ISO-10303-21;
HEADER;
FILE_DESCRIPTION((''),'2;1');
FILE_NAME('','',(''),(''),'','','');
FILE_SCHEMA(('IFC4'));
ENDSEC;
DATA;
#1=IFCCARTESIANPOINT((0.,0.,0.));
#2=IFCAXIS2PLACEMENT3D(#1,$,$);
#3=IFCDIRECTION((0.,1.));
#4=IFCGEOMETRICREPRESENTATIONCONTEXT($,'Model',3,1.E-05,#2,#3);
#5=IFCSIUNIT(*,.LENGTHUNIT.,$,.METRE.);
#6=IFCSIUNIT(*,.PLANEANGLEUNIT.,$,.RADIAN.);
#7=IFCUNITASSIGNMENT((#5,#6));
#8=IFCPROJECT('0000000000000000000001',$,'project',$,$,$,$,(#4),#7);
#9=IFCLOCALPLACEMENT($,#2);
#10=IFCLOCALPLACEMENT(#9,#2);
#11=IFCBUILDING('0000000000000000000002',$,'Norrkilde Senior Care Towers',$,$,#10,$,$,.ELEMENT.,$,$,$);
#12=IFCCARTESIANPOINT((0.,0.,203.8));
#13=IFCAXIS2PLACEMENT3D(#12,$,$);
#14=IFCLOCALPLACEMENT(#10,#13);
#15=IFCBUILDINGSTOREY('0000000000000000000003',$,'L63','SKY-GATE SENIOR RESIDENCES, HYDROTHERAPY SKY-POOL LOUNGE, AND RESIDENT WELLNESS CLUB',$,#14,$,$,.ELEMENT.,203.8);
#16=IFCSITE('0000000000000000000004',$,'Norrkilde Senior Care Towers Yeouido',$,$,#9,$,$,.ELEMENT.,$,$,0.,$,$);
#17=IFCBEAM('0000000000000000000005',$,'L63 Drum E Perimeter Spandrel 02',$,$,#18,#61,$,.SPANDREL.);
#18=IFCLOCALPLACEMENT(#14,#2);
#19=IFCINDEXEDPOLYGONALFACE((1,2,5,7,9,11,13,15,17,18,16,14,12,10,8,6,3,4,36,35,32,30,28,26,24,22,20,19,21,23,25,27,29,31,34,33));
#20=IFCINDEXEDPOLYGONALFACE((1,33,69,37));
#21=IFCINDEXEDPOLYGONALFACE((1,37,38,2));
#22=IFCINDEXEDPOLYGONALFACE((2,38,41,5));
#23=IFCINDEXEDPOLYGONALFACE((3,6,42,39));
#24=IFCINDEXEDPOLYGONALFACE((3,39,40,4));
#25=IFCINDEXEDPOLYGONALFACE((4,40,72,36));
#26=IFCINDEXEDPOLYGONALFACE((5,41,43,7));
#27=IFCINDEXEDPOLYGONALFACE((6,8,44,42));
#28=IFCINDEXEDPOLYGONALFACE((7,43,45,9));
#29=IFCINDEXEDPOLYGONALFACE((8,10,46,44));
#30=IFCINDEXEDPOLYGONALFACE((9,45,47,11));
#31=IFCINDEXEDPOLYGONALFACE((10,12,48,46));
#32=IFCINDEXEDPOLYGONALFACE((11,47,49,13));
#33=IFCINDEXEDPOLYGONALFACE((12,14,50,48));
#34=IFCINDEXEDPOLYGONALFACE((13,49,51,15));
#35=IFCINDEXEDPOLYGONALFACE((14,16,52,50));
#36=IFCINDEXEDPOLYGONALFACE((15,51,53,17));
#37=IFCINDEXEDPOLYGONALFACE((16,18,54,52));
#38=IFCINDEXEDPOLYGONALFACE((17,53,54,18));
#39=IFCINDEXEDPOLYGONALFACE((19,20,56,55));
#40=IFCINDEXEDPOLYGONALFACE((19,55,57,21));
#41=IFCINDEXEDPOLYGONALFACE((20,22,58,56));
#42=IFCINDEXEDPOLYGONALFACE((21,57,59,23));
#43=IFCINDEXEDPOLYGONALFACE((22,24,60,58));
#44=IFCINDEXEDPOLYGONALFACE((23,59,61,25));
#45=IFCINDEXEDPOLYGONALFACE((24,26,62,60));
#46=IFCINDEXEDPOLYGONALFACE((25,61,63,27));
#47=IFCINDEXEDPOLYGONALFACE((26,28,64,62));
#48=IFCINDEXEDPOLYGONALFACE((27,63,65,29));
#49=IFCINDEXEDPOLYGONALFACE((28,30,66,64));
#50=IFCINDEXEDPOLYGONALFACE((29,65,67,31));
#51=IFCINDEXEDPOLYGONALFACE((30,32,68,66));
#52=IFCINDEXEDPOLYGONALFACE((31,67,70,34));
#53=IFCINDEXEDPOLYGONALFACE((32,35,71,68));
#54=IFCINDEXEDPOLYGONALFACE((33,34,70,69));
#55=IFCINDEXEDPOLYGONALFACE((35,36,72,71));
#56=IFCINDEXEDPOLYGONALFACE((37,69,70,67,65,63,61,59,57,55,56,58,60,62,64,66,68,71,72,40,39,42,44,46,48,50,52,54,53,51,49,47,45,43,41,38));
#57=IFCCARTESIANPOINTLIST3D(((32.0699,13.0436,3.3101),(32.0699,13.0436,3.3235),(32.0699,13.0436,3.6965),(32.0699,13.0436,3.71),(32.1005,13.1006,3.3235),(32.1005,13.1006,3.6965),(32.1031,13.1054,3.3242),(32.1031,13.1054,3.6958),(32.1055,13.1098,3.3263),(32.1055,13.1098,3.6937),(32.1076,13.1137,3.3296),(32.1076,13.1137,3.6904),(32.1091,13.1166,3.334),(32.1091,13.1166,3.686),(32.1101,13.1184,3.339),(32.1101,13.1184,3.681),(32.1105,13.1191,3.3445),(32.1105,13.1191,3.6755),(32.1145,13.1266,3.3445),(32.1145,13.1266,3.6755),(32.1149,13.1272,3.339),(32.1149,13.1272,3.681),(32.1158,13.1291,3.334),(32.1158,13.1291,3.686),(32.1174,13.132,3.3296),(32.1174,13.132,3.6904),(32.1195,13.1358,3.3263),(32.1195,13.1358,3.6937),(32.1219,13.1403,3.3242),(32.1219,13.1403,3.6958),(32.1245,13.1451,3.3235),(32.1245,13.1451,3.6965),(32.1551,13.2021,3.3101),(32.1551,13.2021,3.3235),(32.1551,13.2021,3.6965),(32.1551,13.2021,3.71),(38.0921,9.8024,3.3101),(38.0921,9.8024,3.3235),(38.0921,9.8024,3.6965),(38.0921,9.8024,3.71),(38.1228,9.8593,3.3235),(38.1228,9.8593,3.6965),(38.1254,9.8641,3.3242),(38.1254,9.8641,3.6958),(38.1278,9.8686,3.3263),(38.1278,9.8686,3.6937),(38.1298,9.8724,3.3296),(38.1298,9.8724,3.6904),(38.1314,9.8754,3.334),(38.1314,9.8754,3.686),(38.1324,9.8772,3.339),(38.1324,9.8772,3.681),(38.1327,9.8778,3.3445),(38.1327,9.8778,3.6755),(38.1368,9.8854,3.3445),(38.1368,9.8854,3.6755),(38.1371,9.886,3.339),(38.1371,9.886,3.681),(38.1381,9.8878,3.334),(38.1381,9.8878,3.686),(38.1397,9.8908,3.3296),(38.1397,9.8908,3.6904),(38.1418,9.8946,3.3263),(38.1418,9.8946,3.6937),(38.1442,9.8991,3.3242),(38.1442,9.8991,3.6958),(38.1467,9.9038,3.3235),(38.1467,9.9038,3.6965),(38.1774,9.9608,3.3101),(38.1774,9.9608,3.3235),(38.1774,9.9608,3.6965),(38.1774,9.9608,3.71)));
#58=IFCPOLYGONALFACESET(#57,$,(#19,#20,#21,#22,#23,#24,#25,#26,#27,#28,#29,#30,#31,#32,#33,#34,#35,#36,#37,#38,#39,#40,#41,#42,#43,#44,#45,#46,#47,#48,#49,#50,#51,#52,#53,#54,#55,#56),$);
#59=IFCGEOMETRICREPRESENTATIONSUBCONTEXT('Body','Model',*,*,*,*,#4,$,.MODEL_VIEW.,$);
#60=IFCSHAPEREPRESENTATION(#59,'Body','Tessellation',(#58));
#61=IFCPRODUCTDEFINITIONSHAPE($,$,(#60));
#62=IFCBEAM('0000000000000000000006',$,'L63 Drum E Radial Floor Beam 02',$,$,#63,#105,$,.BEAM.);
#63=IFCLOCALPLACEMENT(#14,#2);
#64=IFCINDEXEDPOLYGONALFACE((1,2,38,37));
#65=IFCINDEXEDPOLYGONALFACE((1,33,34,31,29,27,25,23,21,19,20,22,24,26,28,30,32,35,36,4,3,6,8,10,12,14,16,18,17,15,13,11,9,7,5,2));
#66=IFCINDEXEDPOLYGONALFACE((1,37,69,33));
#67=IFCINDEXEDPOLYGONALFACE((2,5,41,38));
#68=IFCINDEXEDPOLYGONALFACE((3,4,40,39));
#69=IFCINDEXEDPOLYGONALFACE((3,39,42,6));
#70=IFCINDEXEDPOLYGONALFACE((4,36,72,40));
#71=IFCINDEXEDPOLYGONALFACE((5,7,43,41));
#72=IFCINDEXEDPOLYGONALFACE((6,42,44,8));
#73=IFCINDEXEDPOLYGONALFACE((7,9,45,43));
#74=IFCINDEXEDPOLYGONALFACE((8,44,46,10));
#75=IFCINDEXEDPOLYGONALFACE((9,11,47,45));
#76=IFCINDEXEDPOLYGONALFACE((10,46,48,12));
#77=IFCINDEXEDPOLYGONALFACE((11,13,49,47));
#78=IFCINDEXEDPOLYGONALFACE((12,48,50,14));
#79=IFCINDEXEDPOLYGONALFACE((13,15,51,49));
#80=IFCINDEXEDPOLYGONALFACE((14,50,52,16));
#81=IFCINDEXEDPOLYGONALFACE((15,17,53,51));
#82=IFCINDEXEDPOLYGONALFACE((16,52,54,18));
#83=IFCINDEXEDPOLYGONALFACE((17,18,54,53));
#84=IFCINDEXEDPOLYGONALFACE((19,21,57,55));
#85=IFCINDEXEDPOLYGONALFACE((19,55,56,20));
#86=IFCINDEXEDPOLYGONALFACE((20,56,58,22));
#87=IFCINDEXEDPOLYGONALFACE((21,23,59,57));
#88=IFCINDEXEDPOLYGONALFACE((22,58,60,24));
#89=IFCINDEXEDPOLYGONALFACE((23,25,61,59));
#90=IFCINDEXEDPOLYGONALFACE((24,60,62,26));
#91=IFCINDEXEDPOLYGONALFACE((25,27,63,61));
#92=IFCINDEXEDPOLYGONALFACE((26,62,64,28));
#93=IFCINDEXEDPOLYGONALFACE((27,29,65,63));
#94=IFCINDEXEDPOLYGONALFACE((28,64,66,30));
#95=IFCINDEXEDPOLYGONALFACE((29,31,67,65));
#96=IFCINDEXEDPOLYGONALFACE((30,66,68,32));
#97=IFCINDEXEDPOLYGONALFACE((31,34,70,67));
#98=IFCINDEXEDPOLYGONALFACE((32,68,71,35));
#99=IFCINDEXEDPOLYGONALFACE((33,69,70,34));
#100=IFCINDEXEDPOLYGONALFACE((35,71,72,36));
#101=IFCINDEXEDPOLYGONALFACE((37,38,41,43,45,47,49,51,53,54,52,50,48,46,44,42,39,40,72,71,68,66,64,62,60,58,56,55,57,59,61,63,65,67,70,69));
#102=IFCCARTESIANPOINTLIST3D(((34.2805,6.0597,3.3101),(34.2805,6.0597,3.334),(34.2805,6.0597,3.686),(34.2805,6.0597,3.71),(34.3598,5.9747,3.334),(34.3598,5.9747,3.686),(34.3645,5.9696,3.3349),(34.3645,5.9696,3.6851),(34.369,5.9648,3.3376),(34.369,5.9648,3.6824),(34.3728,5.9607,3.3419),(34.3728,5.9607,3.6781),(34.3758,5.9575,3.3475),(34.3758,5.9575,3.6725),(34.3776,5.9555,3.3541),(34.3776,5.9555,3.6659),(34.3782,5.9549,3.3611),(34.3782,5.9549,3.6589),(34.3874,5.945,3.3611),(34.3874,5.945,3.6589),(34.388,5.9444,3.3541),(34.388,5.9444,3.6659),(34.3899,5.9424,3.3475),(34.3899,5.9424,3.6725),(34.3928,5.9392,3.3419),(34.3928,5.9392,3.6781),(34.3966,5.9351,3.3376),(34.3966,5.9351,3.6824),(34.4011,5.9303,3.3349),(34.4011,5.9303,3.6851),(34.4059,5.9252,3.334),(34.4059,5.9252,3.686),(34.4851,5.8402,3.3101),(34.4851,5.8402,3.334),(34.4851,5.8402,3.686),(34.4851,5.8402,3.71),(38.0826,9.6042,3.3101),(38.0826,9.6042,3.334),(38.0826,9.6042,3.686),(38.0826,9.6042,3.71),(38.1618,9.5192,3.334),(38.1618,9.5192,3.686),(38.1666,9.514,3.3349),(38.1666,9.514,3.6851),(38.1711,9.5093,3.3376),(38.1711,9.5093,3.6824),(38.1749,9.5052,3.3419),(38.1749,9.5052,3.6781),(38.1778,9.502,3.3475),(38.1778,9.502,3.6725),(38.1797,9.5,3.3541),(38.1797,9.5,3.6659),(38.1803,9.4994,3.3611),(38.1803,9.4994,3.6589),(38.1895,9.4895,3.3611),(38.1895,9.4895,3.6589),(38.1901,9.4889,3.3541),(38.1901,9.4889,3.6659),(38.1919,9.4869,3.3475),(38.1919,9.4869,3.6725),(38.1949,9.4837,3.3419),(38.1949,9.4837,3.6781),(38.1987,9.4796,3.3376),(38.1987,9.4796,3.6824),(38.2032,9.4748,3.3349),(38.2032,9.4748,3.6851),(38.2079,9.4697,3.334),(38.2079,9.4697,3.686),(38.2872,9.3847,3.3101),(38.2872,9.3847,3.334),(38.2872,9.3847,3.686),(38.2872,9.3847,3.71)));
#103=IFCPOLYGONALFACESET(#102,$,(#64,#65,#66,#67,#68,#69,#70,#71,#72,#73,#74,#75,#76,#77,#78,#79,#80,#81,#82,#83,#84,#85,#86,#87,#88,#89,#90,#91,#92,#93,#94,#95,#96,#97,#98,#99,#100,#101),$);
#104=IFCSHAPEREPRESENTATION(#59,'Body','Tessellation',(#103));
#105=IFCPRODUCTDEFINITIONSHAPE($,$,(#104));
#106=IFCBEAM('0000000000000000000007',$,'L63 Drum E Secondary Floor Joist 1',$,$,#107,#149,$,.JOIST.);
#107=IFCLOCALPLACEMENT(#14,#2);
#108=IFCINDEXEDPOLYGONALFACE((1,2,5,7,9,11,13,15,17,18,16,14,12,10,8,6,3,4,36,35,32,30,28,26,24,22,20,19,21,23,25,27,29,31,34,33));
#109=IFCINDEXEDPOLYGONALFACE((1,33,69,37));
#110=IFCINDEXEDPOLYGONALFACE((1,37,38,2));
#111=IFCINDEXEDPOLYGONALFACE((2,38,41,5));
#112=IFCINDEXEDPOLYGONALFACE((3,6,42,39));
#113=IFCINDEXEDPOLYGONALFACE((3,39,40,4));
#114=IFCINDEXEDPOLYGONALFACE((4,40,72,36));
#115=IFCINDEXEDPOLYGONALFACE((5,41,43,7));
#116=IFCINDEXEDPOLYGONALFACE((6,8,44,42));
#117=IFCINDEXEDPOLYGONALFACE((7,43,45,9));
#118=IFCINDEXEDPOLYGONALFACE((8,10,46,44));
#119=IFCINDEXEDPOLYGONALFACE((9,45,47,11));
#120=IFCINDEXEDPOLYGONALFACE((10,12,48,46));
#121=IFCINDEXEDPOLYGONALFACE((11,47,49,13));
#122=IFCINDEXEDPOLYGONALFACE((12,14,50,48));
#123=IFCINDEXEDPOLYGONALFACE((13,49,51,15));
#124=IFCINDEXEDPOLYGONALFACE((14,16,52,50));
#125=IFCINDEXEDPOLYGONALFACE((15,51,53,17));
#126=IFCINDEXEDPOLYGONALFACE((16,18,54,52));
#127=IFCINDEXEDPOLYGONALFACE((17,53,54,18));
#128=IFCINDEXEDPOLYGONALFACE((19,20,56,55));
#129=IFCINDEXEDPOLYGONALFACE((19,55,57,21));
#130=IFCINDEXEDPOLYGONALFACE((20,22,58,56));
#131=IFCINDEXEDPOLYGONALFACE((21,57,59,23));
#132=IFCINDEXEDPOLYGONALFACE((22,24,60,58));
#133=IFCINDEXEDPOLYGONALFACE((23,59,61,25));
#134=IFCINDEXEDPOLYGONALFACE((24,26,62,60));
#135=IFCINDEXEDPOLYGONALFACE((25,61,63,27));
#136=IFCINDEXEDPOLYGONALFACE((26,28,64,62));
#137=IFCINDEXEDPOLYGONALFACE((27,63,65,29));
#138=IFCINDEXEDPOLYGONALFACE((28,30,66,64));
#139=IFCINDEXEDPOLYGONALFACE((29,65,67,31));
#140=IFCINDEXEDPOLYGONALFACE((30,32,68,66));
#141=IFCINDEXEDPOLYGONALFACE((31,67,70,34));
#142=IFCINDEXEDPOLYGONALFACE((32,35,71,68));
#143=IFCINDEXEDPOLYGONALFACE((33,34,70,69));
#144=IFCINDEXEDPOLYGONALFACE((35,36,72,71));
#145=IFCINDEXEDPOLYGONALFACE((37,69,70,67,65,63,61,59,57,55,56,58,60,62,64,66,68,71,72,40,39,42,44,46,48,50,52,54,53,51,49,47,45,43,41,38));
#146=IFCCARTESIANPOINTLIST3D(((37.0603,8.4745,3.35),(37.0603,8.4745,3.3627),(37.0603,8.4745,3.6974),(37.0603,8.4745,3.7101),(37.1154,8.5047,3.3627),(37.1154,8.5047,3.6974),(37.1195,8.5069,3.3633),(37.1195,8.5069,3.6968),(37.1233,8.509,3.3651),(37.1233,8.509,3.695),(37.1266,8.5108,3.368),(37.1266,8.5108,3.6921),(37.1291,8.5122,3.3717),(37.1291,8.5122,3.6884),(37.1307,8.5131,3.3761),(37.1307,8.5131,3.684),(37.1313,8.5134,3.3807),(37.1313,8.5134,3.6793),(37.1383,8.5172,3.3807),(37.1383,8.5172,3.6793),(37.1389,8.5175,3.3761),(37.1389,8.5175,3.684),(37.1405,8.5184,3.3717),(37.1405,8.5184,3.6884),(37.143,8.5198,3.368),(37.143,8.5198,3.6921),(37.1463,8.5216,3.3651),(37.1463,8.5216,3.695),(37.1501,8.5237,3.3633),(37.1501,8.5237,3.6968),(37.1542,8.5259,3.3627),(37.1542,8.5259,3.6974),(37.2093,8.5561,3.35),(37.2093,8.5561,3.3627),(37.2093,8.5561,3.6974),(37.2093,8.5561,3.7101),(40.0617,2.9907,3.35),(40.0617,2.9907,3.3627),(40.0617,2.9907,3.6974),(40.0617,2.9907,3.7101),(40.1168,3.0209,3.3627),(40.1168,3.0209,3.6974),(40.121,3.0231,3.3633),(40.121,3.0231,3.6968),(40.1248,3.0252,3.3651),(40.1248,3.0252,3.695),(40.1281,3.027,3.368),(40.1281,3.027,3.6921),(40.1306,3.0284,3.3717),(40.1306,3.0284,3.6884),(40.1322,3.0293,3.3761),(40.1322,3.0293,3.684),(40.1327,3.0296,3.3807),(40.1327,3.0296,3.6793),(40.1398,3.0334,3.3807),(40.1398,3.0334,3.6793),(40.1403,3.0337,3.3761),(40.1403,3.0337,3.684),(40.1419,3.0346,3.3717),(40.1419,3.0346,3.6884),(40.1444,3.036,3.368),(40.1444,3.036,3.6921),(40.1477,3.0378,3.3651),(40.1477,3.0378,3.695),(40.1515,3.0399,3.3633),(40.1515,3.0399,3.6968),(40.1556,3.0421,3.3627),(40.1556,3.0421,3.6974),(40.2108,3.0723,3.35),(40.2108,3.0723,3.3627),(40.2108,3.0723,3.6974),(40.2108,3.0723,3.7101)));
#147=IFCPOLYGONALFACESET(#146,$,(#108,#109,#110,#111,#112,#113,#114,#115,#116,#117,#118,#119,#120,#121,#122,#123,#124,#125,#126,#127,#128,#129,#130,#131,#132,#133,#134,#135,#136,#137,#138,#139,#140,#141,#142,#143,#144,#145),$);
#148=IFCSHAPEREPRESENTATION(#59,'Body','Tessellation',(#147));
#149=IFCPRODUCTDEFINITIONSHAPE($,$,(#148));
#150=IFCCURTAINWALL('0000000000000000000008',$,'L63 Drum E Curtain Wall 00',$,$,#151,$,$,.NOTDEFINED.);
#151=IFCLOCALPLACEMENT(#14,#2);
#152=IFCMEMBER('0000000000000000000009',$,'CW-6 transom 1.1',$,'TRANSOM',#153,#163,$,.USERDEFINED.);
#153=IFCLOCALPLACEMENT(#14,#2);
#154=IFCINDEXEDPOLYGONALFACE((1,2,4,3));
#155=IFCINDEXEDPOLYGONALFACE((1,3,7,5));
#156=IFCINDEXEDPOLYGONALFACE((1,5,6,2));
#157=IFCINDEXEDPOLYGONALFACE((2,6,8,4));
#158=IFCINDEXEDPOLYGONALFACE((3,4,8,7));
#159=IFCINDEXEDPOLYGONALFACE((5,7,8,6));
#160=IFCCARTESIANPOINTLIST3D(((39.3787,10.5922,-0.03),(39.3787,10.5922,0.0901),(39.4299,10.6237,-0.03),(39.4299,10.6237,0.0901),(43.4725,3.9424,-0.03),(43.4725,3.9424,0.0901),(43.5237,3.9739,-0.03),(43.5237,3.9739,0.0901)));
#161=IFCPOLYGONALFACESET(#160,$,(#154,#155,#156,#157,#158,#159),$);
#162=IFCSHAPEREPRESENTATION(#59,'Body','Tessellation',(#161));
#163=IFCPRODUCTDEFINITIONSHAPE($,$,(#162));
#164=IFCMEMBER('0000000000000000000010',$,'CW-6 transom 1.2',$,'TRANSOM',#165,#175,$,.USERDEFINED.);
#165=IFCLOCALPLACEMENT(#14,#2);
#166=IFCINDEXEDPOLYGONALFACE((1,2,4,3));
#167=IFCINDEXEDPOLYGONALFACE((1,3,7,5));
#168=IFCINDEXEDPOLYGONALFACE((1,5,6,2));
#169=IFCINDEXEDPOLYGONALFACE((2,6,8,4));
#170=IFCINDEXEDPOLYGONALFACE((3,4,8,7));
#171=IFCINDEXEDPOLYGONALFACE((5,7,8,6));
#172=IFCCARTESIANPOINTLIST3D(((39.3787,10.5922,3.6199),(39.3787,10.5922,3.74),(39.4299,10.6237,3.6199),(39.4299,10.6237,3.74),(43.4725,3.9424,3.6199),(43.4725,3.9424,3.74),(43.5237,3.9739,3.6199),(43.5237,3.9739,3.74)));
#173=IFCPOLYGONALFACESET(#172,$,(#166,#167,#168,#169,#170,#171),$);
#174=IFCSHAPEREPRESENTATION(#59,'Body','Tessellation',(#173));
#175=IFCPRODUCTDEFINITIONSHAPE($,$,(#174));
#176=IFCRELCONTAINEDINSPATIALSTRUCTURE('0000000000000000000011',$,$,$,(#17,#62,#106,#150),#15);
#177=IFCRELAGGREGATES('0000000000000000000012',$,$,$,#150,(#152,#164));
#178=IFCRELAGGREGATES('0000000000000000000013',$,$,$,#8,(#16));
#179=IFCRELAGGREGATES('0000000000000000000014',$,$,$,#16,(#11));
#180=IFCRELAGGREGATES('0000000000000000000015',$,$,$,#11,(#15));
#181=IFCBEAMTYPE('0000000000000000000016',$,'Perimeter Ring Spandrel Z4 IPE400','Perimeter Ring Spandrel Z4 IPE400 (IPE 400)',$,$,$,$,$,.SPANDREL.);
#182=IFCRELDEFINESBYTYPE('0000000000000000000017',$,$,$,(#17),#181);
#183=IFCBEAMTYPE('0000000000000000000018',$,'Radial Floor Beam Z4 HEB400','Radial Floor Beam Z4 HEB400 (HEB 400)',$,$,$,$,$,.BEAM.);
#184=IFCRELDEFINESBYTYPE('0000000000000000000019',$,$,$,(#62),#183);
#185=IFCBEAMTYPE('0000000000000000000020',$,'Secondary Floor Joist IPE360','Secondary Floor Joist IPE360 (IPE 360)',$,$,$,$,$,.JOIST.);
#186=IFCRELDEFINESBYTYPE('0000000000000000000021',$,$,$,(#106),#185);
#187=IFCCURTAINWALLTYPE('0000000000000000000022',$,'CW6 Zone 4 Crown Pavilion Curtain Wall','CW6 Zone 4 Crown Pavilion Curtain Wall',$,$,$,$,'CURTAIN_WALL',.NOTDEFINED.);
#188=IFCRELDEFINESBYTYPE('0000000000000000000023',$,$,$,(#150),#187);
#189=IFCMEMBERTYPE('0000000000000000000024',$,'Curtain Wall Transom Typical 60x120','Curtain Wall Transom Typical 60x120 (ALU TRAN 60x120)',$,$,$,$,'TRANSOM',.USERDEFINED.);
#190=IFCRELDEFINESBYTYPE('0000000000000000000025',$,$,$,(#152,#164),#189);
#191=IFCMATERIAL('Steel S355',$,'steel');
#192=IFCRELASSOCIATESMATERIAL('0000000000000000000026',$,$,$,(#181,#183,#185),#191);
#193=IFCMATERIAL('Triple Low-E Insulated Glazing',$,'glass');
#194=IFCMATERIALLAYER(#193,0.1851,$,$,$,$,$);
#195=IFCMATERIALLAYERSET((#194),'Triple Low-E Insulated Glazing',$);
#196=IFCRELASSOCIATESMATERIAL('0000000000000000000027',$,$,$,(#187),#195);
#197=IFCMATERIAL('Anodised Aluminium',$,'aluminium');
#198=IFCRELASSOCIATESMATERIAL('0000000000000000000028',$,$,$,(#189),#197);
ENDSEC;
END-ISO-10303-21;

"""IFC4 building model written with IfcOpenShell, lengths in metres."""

from ifc_helpers import new_model, si_unit, direction, frame, origin, origin_2d, place, context, subcontext, project, spatial, rectangle, i_section, extrude, source, transform, mapped, material, layer, layer_set, material_profile, profile_set, type_object, type_shapes, element, aggregate, save


model = new_model("IFC4")

# Units and contexts
model_context = context("Model", 3, precision=1e-05, world=origin(), true_north=direction((0.0, 1.0)))
body_context = subcontext(model_context, "Body", "Model", "MODEL_VIEW")
ifc_project = project(units=[si_unit("LENGTHUNIT", "METRE"), si_unit("PLANEANGLEUNIT", "RADIAN")], contexts=[model_context])

# Site, building, storey
site_placement = place(None, origin())
site = spatial("IfcSite", under=ifc_project, at=site_placement, Name="Norrkilde Senior Care Towers Yeouido", CompositionType="ELEMENT", RefElevation=0.0)
building_placement = place(site_placement, origin())
building = spatial("IfcBuilding", under=site, at=building_placement, Name="Norrkilde Senior Care Towers", CompositionType="ELEMENT")
storey_placement = place(building_placement, frame((0.0, 0.0, 203.8)))
storey = spatial("IfcBuildingStorey", under=building, at=storey_placement, Name="L63", Description="SKY-GATE SENIOR RESIDENCES, HYDROTHERAPY SKY-POOL LOUNGE, AND RESIDENT WELLNESS CLUB", CompositionType="ELEMENT", Elevation=203.8)

# Beams
ifc_material_1 = material(Name="Steel S355", Category="steel")
ifc_material_profile_1 = material_profile(ifc_material_1, i_section(OverallWidth=0.1799, OverallDepth=0.3999, WebThickness=0.0085, FlangeThickness=0.0134, FilletRadius=0.021, at=origin_2d()), Name="IPE 400")
ifc_profile_set_1 = profile_set([ifc_material_profile_1], Name="Steel S355")
beam_type_1 = type_object("IfcBeamType", Name="Perimeter Ring Spandrel Z4 IPE400", Description="Perimeter Ring Spandrel Z4 IPE400 (IPE 400)", PredefinedType="SPANDREL", material=ifc_profile_set_1)
shared_shape_1 = source(origin(), body_context, "Body", "SweptSolid", [
    extrude(i_section(OverallWidth=0.1799, OverallDepth=0.3999, WebThickness=0.0085, FlangeThickness=0.0134, FilletRadius=0.021, at=origin_2d()), origin(), (0.0, 0.0, 1.0), 6.8391),
])
beam_1_placement = place(storey_placement, frame((38.1348, 9.8816, 3.51), z_axis=(-0.880564, 0.473927, 0.0), x_axis=(-0.473927, -0.880564, 0.0)))
element("IfcBeam", 1, at=beam_1_placement, inside=storey, type_object=beam_type_1, Name="L63 Drum E Perimeter Spandrel 02", PredefinedType="SPANDREL", context=body_context, shape_type="MappedRepresentation", body=[
    mapped(shared_shape_1, transform((0.0, 0.0, 0.0), x_axis=(1.0, 0.0, 0.0), y_axis=(0.0, 1.0, 0.0), z_axis=(0.0, 0.0, 1.0), scale=1.0)),
])
ifc_material_profile_2 = material_profile(ifc_material_1, i_section(OverallWidth=0.3, OverallDepth=0.3999, WebThickness=0.0134, FlangeThickness=0.0239, FilletRadius=0.0271, at=origin_2d()), Name="HEB 400")
ifc_profile_set_2 = profile_set([ifc_material_profile_2], Name="Steel S355")
beam_type_2 = type_object("IfcBeamType", Name="Radial Floor Beam Z4 HEB400", Description="Radial Floor Beam Z4 HEB400 (HEB 400)", PredefinedType="BEAM", material=ifc_profile_set_2)
shared_shape_2 = source(origin(), body_context, "Body", "SweptSolid", [
    extrude(i_section(OverallWidth=0.3, OverallDepth=0.3999, WebThickness=0.0134, FlangeThickness=0.0239, FilletRadius=0.0271, at=origin_2d()), origin(), (0.0, 0.0, 1.0), 5.198),
])
type_shapes(beam_type_2, [shared_shape_2])
beam_2_placement = place(storey_placement, frame((34.3828, 5.95, 3.51), z_axis=(0.731449, 0.681896, 0.0), x_axis=(-0.681896, 0.731449, 0.0)))
element("IfcBeam", 2, at=beam_2_placement, inside=storey, type_object=beam_type_2, Name="L63 Drum E Radial Floor Beam 02", PredefinedType="BEAM", context=body_context, shape_type="MappedRepresentation", body=[
    mapped(shared_shape_2, transform((0.0, 0.0, 0.0), x_axis=(1.0, 0.0, 0.0), y_axis=(0.0, 1.0, 0.0), z_axis=(0.0, 0.0, 1.0), scale=1.0)),
])
ifc_material_profile_3 = material_profile(ifc_material_1, i_section(OverallWidth=0.1699, OverallDepth=0.3601, WebThickness=0.0081, FlangeThickness=0.0127, FilletRadius=0.0181, at=origin_2d()), Name="IPE 360")
ifc_profile_set_3 = profile_set([ifc_material_profile_3], Name="Steel S355")
beam_type_3 = type_object("IfcBeamType", Name="Secondary Floor Joist IPE360", Description="Secondary Floor Joist IPE360 (IPE 360)", PredefinedType="JOIST", material=ifc_profile_set_3)
shared_shape_3 = source(origin(), body_context, "Body", "SweptSolid", [
    extrude(i_section(OverallWidth=0.1699, OverallDepth=0.3601, WebThickness=0.0081, FlangeThickness=0.0127, FilletRadius=0.0181, at=origin_2d()), origin(), (0.0, 0.0, 1.0), 6.2515),
])
type_shapes(beam_type_3, [shared_shape_3])
beam_3_placement = place(storey_placement, frame((40.1362, 3.0315, 3.53), z_axis=(-0.480116, 0.877205, 0.0), x_axis=(-0.877205, -0.480116, 0.0)))
element("IfcBeam", 3, at=beam_3_placement, inside=storey, type_object=beam_type_3, Name="L63 Drum E Secondary Floor Joist 1", PredefinedType="JOIST", context=body_context, shape_type="MappedRepresentation", body=[
    mapped(shared_shape_3, transform((0.0, 0.0, 0.0), x_axis=(1.0, 0.0, 0.0), y_axis=(0.0, 1.0, 0.0), z_axis=(0.0, 0.0, 1.0), scale=1.0)),
])

# Curtain wall, members
ifc_material_2 = material(Name="Triple Low-E Insulated Glazing", Category="glass")
ifc_layer_1 = layer(ifc_material_2, 0.1851)
ifc_layer_set_1 = layer_set([ifc_layer_1], Name="Triple Low-E Insulated Glazing")
curtain_wall_type = type_object("IfcCurtainWallType", Name="CW6 Zone 4 Crown Pavilion Curtain Wall", Description="CW6 Zone 4 Crown Pavilion Curtain Wall", ElementType="CURTAIN_WALL", PredefinedType="NOTDEFINED", material=ifc_layer_set_1)
curtain_wall_1_placement = place(storey_placement, origin())
curtain_wall_1 = element("IfcCurtainWall", 4, at=curtain_wall_1_placement, inside=storey, type_object=curtain_wall_type, Name="L63 Drum E Curtain Wall 00", PredefinedType="NOTDEFINED")
ifc_material_3 = material(Name="Anodised Aluminium", Category="aluminium")
ifc_material_profile_4 = material_profile(ifc_material_3, rectangle(XDim=0.0601, YDim=0.1201, at=origin_2d()), Name="ALU TRAN 60x120")
ifc_profile_set_4 = profile_set([ifc_material_profile_4], Name="Anodised Aluminium")
member_type_1 = type_object("IfcMemberType", Name="Curtain Wall Transom Typical 60x120", Description="Curtain Wall Transom Typical 60x120 (ALU TRAN 60x120)", ElementType="TRANSOM", PredefinedType="USERDEFINED", material=ifc_profile_set_4)
shared_shape_4 = source(origin(), body_context, "Body", "SweptSolid", [
    extrude(rectangle(XDim=0.0601, YDim=0.1201, at=origin_2d()), origin(), (0.0, 0.0, 1.0), 7.8088),
])
member_1_placement = place(storey_placement, frame((39.4043, 10.6079, 0.03), z_axis=(0.524251, -0.851564, 0.0), x_axis=(0.851564, 0.524251, 0.0)))
member_1 = element("IfcMember", 5, at=member_1_placement, type_object=member_type_1, Name="CW-6 transom 1.1", ObjectType="TRANSOM", PredefinedType="USERDEFINED", context=body_context, shape_type="MappedRepresentation", body=[
    mapped(shared_shape_4, transform((0.0, 0.0, 0.0), x_axis=(1.0, 0.0, 0.0), y_axis=(0.0, 1.0, 0.0), z_axis=(0.0, 0.0, 1.0), scale=1.0)),
])
member_2_placement = place(storey_placement, frame((39.4043, 10.6079, 3.6799), z_axis=(0.524251, -0.851564, 0.0), x_axis=(0.851564, 0.524251, 0.0)))
member_2 = element("IfcMember", 6, at=member_2_placement, type_object=member_type_1, Name="CW-6 transom 1.2", ObjectType="TRANSOM", PredefinedType="USERDEFINED", context=body_context, shape_type="MappedRepresentation", body=[
    mapped(shared_shape_4, transform((0.0, 0.0, 0.0), x_axis=(1.0, 0.0, 0.0), y_axis=(0.0, 1.0, 0.0), z_axis=(0.0, 0.0, 1.0), scale=1.0)),
])

aggregate(curtain_wall_1, [member_1, member_2])

save(model, "model.ifc")
